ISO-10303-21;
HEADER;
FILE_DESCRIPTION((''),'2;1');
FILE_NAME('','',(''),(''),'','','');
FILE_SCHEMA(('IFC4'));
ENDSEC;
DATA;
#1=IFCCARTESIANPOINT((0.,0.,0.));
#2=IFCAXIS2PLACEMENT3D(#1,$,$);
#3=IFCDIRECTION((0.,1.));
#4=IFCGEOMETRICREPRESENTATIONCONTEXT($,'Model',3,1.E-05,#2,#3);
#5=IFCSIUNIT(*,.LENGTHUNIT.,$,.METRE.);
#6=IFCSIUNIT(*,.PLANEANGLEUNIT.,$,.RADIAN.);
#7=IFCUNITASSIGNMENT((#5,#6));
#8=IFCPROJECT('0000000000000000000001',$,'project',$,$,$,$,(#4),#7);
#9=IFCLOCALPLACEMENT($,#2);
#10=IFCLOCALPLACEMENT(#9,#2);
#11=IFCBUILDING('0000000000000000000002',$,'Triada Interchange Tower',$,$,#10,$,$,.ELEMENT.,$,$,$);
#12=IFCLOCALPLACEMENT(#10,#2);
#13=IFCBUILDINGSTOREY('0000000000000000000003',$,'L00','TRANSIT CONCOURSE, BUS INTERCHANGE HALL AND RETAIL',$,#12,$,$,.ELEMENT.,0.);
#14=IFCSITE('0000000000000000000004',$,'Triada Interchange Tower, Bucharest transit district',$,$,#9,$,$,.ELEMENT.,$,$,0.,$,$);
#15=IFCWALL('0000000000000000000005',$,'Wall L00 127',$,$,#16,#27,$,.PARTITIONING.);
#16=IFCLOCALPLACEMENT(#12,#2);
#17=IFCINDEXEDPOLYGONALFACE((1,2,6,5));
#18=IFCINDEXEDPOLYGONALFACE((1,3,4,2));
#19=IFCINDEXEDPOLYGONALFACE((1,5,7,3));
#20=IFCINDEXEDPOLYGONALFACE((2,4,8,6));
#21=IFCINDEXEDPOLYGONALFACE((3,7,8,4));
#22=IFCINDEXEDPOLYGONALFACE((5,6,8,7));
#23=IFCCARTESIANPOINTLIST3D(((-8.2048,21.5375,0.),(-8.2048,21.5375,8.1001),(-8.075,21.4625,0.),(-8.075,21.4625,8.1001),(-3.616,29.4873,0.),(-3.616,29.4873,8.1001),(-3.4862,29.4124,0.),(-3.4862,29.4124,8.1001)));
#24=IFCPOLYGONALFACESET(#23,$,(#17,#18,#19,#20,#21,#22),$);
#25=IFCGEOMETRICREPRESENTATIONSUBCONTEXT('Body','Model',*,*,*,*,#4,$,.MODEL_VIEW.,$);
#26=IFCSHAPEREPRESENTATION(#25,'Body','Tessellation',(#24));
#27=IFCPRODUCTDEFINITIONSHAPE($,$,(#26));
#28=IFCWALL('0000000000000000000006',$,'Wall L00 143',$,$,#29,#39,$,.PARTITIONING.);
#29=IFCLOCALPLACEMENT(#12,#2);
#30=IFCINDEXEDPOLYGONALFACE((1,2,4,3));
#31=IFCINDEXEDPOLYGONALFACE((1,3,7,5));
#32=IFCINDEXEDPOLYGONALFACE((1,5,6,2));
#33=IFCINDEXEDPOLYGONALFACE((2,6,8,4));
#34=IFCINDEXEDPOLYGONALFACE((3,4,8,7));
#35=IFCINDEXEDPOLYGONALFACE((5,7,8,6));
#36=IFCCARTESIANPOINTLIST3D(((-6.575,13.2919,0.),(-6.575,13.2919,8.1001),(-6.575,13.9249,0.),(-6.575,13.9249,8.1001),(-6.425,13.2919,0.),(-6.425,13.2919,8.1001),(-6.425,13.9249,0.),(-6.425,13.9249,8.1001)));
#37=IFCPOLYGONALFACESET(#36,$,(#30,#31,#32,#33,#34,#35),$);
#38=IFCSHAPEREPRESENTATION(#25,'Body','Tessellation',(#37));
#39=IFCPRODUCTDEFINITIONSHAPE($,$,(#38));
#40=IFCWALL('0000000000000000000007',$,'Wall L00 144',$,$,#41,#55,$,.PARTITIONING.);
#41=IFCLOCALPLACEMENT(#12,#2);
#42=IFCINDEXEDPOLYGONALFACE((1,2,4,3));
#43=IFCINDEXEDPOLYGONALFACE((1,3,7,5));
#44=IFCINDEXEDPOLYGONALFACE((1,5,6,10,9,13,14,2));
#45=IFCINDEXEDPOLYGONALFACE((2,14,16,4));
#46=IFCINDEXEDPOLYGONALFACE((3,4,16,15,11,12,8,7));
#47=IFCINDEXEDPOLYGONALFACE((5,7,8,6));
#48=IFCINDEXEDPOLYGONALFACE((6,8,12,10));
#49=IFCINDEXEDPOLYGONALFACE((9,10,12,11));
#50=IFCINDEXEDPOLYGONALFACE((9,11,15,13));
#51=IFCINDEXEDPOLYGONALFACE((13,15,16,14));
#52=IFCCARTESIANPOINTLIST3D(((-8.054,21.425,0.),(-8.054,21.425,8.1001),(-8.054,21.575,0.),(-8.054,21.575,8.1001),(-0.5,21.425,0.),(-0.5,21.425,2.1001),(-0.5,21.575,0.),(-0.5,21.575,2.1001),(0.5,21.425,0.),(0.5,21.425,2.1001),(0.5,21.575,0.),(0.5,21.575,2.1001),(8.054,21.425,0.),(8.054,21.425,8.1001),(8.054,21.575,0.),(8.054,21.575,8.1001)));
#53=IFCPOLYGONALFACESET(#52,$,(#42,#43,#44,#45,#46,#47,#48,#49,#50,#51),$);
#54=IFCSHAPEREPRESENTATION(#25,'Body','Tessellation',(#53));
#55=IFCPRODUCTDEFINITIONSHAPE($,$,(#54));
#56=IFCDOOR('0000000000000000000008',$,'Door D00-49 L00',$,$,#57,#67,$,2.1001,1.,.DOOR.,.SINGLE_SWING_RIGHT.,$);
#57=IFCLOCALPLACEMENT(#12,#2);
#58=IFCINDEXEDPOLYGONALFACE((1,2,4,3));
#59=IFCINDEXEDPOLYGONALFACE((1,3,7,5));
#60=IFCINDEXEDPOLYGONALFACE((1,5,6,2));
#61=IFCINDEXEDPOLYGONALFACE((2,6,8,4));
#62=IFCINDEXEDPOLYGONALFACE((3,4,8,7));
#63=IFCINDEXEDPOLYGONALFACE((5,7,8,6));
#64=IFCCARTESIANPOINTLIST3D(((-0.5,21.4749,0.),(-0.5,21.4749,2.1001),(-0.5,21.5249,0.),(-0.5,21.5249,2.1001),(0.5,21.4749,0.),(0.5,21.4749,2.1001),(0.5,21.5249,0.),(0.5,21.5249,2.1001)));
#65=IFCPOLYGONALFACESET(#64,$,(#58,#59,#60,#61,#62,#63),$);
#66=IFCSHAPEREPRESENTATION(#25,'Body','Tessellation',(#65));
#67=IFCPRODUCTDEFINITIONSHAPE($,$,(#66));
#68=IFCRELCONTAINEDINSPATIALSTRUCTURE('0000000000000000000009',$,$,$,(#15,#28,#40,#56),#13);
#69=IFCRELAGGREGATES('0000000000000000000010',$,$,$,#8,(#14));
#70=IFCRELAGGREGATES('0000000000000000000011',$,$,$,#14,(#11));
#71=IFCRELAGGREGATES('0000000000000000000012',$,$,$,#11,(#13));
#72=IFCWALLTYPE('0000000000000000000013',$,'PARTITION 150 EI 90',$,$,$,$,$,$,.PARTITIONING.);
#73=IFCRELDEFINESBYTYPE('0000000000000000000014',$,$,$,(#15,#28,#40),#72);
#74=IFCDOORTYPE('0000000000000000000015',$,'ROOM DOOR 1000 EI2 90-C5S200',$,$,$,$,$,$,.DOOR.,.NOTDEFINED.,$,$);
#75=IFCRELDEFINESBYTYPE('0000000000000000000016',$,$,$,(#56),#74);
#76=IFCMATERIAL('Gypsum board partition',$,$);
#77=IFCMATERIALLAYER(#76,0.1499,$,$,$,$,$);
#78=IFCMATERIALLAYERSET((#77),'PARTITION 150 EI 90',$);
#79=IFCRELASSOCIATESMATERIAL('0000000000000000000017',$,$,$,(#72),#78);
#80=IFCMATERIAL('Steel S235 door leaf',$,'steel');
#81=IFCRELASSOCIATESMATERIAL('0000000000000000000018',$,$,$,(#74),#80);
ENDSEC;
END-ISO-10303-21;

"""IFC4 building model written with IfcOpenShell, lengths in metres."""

from ifc_helpers import new_model, si_unit, direction, frame, frame_2d, origin, place, context, subcontext, project, spatial, rectangle, extrude, material, layer, layer_set, type_object, element, fill, save


model = new_model("IFC4")

# Units and contexts
model_context = context("Model", 3, precision=1e-05, world=origin(), true_north=direction((0.0, 1.0)))
body_context = subcontext(model_context, "Body", "Model", "MODEL_VIEW")
ifc_project = project(units=[si_unit("LENGTHUNIT", "METRE"), si_unit("PLANEANGLEUNIT", "RADIAN")], contexts=[model_context])

# Site, building, storey
site_placement = place(None, origin())
site = spatial("IfcSite", under=ifc_project, at=site_placement, Name="Triada Interchange Tower, Bucharest transit district", CompositionType="ELEMENT", RefElevation=0.0)
building_placement = place(site_placement, origin())
building = spatial("IfcBuilding", under=site, at=building_placement, Name="Triada Interchange Tower", CompositionType="ELEMENT")
storey_placement = place(building_placement, origin())
storey = spatial("IfcBuildingStorey", under=building, at=storey_placement, Name="L00", Description="TRANSIT CONCOURSE, BUS INTERCHANGE HALL AND RETAIL", CompositionType="ELEMENT", Elevation=0.0)

# Shared definitions
ifc_material_1 = material(Name="Steel S235 door leaf", Category="steel")

# Walls
ifc_material_2 = material(Name="Gypsum board partition")
ifc_layer_1 = layer(ifc_material_2, 0.1499)
ifc_layer_set_1 = layer_set([ifc_layer_1], Name="PARTITION 150 EI 90")
wall_type_1 = type_object("IfcWallType", Name="PARTITION 150 EI 90", PredefinedType="PARTITIONING", material=ifc_layer_set_1)
wall_1_placement = place(storey_placement, frame((-8.1399, 21.5, 0.0), z_axis=(0.0, 0.0, 1.0), x_axis=(0.499915, 0.866074, 0.0)))
element("IfcWall", 1, at=wall_1_placement, inside=storey, type_object=wall_type_1, Name="Wall L00 127", PredefinedType="PARTITIONING", context=body_context, shape_type="SweptSolid", body=[
    extrude(rectangle(XDim=9.1792, YDim=0.1499, at=frame_2d((4.5896, 0.0))), origin(), (0.0, 0.0, 1.0), 8.1001),
])
wall_2_placement = place(storey_placement, frame((-6.5, 13.292, 0.0), z_axis=(0.0, 0.0, 1.0), x_axis=(0.0, 1.0, 0.0)))
element("IfcWall", 2, at=wall_2_placement, inside=storey, type_object=wall_type_1, Name="Wall L00 143", PredefinedType="PARTITIONING", context=body_context, shape_type="SweptSolid", body=[
    extrude(rectangle(XDim=0.6331, YDim=0.1499, at=frame_2d((0.3164, 0.0))), origin(), (0.0, 0.0, 1.0), 8.1001),
])

# Wall, opening, door
wall_3_placement = place(storey_placement, frame((-8.054, 21.5, 0.0), z_axis=(0.0, 0.0, 1.0), x_axis=(1.0, 0.0, 0.0)))
wall_3 = element("IfcWall", 3, at=wall_3_placement, inside=storey, type_object=wall_type_1, Name="Wall L00 144", PredefinedType="PARTITIONING", context=body_context, shape_type="SweptSolid", body=[
    extrude(rectangle(XDim=16.1079, YDim=0.1499, at=frame_2d((8.054, 0.0))), origin(), (0.0, 0.0, 1.0), 8.1001),
])
opening_1_placement = place(wall_3_placement, frame((7.554, 0.0, 0.0)))
opening_1 = element("IfcOpeningElement", 4, at=opening_1_placement, cuts=wall_3, PredefinedType="OPENING", context=body_context, shape_type="SweptSolid", body=[
    extrude(rectangle(XDim=1.0, YDim=2.1001, at=frame_2d((0.5, 1.05))), frame((0.0, 0.085, 0.0), z_axis=(0.0, -1.0, 0.0), x_axis=(1.0, 0.0, 0.0)), (0.0, 0.0, 1.0), 0.1699),
])
door_type_1 = type_object("IfcDoorType", Name="ROOM DOOR 1000 EI2 90-C5S200", OperationType="NOTDEFINED", PredefinedType="DOOR", material=ifc_material_1)
door_1_placement = place(opening_1_placement, origin())
door_1 = element("IfcDoor", 5, at=door_1_placement, inside=storey, type_object=door_type_1, Name="Door D00-49 L00", OperationType="SINGLE_SWING_RIGHT", OverallHeight=2.1001, OverallWidth=1.0, PredefinedType="DOOR", context=body_context, shape_type="SweptSolid", body=[
    extrude(rectangle(XDim=1.0, YDim=2.1001, at=frame_2d((0.5, 1.05))), frame((0.0, 0.0249, 0.0), z_axis=(0.0, -1.0, 0.0), x_axis=(1.0, 0.0, 0.0)), (0.0, 0.0, 1.0), 0.05),
])
fill(opening_1, door_1)

save(model, "model.ifc")
